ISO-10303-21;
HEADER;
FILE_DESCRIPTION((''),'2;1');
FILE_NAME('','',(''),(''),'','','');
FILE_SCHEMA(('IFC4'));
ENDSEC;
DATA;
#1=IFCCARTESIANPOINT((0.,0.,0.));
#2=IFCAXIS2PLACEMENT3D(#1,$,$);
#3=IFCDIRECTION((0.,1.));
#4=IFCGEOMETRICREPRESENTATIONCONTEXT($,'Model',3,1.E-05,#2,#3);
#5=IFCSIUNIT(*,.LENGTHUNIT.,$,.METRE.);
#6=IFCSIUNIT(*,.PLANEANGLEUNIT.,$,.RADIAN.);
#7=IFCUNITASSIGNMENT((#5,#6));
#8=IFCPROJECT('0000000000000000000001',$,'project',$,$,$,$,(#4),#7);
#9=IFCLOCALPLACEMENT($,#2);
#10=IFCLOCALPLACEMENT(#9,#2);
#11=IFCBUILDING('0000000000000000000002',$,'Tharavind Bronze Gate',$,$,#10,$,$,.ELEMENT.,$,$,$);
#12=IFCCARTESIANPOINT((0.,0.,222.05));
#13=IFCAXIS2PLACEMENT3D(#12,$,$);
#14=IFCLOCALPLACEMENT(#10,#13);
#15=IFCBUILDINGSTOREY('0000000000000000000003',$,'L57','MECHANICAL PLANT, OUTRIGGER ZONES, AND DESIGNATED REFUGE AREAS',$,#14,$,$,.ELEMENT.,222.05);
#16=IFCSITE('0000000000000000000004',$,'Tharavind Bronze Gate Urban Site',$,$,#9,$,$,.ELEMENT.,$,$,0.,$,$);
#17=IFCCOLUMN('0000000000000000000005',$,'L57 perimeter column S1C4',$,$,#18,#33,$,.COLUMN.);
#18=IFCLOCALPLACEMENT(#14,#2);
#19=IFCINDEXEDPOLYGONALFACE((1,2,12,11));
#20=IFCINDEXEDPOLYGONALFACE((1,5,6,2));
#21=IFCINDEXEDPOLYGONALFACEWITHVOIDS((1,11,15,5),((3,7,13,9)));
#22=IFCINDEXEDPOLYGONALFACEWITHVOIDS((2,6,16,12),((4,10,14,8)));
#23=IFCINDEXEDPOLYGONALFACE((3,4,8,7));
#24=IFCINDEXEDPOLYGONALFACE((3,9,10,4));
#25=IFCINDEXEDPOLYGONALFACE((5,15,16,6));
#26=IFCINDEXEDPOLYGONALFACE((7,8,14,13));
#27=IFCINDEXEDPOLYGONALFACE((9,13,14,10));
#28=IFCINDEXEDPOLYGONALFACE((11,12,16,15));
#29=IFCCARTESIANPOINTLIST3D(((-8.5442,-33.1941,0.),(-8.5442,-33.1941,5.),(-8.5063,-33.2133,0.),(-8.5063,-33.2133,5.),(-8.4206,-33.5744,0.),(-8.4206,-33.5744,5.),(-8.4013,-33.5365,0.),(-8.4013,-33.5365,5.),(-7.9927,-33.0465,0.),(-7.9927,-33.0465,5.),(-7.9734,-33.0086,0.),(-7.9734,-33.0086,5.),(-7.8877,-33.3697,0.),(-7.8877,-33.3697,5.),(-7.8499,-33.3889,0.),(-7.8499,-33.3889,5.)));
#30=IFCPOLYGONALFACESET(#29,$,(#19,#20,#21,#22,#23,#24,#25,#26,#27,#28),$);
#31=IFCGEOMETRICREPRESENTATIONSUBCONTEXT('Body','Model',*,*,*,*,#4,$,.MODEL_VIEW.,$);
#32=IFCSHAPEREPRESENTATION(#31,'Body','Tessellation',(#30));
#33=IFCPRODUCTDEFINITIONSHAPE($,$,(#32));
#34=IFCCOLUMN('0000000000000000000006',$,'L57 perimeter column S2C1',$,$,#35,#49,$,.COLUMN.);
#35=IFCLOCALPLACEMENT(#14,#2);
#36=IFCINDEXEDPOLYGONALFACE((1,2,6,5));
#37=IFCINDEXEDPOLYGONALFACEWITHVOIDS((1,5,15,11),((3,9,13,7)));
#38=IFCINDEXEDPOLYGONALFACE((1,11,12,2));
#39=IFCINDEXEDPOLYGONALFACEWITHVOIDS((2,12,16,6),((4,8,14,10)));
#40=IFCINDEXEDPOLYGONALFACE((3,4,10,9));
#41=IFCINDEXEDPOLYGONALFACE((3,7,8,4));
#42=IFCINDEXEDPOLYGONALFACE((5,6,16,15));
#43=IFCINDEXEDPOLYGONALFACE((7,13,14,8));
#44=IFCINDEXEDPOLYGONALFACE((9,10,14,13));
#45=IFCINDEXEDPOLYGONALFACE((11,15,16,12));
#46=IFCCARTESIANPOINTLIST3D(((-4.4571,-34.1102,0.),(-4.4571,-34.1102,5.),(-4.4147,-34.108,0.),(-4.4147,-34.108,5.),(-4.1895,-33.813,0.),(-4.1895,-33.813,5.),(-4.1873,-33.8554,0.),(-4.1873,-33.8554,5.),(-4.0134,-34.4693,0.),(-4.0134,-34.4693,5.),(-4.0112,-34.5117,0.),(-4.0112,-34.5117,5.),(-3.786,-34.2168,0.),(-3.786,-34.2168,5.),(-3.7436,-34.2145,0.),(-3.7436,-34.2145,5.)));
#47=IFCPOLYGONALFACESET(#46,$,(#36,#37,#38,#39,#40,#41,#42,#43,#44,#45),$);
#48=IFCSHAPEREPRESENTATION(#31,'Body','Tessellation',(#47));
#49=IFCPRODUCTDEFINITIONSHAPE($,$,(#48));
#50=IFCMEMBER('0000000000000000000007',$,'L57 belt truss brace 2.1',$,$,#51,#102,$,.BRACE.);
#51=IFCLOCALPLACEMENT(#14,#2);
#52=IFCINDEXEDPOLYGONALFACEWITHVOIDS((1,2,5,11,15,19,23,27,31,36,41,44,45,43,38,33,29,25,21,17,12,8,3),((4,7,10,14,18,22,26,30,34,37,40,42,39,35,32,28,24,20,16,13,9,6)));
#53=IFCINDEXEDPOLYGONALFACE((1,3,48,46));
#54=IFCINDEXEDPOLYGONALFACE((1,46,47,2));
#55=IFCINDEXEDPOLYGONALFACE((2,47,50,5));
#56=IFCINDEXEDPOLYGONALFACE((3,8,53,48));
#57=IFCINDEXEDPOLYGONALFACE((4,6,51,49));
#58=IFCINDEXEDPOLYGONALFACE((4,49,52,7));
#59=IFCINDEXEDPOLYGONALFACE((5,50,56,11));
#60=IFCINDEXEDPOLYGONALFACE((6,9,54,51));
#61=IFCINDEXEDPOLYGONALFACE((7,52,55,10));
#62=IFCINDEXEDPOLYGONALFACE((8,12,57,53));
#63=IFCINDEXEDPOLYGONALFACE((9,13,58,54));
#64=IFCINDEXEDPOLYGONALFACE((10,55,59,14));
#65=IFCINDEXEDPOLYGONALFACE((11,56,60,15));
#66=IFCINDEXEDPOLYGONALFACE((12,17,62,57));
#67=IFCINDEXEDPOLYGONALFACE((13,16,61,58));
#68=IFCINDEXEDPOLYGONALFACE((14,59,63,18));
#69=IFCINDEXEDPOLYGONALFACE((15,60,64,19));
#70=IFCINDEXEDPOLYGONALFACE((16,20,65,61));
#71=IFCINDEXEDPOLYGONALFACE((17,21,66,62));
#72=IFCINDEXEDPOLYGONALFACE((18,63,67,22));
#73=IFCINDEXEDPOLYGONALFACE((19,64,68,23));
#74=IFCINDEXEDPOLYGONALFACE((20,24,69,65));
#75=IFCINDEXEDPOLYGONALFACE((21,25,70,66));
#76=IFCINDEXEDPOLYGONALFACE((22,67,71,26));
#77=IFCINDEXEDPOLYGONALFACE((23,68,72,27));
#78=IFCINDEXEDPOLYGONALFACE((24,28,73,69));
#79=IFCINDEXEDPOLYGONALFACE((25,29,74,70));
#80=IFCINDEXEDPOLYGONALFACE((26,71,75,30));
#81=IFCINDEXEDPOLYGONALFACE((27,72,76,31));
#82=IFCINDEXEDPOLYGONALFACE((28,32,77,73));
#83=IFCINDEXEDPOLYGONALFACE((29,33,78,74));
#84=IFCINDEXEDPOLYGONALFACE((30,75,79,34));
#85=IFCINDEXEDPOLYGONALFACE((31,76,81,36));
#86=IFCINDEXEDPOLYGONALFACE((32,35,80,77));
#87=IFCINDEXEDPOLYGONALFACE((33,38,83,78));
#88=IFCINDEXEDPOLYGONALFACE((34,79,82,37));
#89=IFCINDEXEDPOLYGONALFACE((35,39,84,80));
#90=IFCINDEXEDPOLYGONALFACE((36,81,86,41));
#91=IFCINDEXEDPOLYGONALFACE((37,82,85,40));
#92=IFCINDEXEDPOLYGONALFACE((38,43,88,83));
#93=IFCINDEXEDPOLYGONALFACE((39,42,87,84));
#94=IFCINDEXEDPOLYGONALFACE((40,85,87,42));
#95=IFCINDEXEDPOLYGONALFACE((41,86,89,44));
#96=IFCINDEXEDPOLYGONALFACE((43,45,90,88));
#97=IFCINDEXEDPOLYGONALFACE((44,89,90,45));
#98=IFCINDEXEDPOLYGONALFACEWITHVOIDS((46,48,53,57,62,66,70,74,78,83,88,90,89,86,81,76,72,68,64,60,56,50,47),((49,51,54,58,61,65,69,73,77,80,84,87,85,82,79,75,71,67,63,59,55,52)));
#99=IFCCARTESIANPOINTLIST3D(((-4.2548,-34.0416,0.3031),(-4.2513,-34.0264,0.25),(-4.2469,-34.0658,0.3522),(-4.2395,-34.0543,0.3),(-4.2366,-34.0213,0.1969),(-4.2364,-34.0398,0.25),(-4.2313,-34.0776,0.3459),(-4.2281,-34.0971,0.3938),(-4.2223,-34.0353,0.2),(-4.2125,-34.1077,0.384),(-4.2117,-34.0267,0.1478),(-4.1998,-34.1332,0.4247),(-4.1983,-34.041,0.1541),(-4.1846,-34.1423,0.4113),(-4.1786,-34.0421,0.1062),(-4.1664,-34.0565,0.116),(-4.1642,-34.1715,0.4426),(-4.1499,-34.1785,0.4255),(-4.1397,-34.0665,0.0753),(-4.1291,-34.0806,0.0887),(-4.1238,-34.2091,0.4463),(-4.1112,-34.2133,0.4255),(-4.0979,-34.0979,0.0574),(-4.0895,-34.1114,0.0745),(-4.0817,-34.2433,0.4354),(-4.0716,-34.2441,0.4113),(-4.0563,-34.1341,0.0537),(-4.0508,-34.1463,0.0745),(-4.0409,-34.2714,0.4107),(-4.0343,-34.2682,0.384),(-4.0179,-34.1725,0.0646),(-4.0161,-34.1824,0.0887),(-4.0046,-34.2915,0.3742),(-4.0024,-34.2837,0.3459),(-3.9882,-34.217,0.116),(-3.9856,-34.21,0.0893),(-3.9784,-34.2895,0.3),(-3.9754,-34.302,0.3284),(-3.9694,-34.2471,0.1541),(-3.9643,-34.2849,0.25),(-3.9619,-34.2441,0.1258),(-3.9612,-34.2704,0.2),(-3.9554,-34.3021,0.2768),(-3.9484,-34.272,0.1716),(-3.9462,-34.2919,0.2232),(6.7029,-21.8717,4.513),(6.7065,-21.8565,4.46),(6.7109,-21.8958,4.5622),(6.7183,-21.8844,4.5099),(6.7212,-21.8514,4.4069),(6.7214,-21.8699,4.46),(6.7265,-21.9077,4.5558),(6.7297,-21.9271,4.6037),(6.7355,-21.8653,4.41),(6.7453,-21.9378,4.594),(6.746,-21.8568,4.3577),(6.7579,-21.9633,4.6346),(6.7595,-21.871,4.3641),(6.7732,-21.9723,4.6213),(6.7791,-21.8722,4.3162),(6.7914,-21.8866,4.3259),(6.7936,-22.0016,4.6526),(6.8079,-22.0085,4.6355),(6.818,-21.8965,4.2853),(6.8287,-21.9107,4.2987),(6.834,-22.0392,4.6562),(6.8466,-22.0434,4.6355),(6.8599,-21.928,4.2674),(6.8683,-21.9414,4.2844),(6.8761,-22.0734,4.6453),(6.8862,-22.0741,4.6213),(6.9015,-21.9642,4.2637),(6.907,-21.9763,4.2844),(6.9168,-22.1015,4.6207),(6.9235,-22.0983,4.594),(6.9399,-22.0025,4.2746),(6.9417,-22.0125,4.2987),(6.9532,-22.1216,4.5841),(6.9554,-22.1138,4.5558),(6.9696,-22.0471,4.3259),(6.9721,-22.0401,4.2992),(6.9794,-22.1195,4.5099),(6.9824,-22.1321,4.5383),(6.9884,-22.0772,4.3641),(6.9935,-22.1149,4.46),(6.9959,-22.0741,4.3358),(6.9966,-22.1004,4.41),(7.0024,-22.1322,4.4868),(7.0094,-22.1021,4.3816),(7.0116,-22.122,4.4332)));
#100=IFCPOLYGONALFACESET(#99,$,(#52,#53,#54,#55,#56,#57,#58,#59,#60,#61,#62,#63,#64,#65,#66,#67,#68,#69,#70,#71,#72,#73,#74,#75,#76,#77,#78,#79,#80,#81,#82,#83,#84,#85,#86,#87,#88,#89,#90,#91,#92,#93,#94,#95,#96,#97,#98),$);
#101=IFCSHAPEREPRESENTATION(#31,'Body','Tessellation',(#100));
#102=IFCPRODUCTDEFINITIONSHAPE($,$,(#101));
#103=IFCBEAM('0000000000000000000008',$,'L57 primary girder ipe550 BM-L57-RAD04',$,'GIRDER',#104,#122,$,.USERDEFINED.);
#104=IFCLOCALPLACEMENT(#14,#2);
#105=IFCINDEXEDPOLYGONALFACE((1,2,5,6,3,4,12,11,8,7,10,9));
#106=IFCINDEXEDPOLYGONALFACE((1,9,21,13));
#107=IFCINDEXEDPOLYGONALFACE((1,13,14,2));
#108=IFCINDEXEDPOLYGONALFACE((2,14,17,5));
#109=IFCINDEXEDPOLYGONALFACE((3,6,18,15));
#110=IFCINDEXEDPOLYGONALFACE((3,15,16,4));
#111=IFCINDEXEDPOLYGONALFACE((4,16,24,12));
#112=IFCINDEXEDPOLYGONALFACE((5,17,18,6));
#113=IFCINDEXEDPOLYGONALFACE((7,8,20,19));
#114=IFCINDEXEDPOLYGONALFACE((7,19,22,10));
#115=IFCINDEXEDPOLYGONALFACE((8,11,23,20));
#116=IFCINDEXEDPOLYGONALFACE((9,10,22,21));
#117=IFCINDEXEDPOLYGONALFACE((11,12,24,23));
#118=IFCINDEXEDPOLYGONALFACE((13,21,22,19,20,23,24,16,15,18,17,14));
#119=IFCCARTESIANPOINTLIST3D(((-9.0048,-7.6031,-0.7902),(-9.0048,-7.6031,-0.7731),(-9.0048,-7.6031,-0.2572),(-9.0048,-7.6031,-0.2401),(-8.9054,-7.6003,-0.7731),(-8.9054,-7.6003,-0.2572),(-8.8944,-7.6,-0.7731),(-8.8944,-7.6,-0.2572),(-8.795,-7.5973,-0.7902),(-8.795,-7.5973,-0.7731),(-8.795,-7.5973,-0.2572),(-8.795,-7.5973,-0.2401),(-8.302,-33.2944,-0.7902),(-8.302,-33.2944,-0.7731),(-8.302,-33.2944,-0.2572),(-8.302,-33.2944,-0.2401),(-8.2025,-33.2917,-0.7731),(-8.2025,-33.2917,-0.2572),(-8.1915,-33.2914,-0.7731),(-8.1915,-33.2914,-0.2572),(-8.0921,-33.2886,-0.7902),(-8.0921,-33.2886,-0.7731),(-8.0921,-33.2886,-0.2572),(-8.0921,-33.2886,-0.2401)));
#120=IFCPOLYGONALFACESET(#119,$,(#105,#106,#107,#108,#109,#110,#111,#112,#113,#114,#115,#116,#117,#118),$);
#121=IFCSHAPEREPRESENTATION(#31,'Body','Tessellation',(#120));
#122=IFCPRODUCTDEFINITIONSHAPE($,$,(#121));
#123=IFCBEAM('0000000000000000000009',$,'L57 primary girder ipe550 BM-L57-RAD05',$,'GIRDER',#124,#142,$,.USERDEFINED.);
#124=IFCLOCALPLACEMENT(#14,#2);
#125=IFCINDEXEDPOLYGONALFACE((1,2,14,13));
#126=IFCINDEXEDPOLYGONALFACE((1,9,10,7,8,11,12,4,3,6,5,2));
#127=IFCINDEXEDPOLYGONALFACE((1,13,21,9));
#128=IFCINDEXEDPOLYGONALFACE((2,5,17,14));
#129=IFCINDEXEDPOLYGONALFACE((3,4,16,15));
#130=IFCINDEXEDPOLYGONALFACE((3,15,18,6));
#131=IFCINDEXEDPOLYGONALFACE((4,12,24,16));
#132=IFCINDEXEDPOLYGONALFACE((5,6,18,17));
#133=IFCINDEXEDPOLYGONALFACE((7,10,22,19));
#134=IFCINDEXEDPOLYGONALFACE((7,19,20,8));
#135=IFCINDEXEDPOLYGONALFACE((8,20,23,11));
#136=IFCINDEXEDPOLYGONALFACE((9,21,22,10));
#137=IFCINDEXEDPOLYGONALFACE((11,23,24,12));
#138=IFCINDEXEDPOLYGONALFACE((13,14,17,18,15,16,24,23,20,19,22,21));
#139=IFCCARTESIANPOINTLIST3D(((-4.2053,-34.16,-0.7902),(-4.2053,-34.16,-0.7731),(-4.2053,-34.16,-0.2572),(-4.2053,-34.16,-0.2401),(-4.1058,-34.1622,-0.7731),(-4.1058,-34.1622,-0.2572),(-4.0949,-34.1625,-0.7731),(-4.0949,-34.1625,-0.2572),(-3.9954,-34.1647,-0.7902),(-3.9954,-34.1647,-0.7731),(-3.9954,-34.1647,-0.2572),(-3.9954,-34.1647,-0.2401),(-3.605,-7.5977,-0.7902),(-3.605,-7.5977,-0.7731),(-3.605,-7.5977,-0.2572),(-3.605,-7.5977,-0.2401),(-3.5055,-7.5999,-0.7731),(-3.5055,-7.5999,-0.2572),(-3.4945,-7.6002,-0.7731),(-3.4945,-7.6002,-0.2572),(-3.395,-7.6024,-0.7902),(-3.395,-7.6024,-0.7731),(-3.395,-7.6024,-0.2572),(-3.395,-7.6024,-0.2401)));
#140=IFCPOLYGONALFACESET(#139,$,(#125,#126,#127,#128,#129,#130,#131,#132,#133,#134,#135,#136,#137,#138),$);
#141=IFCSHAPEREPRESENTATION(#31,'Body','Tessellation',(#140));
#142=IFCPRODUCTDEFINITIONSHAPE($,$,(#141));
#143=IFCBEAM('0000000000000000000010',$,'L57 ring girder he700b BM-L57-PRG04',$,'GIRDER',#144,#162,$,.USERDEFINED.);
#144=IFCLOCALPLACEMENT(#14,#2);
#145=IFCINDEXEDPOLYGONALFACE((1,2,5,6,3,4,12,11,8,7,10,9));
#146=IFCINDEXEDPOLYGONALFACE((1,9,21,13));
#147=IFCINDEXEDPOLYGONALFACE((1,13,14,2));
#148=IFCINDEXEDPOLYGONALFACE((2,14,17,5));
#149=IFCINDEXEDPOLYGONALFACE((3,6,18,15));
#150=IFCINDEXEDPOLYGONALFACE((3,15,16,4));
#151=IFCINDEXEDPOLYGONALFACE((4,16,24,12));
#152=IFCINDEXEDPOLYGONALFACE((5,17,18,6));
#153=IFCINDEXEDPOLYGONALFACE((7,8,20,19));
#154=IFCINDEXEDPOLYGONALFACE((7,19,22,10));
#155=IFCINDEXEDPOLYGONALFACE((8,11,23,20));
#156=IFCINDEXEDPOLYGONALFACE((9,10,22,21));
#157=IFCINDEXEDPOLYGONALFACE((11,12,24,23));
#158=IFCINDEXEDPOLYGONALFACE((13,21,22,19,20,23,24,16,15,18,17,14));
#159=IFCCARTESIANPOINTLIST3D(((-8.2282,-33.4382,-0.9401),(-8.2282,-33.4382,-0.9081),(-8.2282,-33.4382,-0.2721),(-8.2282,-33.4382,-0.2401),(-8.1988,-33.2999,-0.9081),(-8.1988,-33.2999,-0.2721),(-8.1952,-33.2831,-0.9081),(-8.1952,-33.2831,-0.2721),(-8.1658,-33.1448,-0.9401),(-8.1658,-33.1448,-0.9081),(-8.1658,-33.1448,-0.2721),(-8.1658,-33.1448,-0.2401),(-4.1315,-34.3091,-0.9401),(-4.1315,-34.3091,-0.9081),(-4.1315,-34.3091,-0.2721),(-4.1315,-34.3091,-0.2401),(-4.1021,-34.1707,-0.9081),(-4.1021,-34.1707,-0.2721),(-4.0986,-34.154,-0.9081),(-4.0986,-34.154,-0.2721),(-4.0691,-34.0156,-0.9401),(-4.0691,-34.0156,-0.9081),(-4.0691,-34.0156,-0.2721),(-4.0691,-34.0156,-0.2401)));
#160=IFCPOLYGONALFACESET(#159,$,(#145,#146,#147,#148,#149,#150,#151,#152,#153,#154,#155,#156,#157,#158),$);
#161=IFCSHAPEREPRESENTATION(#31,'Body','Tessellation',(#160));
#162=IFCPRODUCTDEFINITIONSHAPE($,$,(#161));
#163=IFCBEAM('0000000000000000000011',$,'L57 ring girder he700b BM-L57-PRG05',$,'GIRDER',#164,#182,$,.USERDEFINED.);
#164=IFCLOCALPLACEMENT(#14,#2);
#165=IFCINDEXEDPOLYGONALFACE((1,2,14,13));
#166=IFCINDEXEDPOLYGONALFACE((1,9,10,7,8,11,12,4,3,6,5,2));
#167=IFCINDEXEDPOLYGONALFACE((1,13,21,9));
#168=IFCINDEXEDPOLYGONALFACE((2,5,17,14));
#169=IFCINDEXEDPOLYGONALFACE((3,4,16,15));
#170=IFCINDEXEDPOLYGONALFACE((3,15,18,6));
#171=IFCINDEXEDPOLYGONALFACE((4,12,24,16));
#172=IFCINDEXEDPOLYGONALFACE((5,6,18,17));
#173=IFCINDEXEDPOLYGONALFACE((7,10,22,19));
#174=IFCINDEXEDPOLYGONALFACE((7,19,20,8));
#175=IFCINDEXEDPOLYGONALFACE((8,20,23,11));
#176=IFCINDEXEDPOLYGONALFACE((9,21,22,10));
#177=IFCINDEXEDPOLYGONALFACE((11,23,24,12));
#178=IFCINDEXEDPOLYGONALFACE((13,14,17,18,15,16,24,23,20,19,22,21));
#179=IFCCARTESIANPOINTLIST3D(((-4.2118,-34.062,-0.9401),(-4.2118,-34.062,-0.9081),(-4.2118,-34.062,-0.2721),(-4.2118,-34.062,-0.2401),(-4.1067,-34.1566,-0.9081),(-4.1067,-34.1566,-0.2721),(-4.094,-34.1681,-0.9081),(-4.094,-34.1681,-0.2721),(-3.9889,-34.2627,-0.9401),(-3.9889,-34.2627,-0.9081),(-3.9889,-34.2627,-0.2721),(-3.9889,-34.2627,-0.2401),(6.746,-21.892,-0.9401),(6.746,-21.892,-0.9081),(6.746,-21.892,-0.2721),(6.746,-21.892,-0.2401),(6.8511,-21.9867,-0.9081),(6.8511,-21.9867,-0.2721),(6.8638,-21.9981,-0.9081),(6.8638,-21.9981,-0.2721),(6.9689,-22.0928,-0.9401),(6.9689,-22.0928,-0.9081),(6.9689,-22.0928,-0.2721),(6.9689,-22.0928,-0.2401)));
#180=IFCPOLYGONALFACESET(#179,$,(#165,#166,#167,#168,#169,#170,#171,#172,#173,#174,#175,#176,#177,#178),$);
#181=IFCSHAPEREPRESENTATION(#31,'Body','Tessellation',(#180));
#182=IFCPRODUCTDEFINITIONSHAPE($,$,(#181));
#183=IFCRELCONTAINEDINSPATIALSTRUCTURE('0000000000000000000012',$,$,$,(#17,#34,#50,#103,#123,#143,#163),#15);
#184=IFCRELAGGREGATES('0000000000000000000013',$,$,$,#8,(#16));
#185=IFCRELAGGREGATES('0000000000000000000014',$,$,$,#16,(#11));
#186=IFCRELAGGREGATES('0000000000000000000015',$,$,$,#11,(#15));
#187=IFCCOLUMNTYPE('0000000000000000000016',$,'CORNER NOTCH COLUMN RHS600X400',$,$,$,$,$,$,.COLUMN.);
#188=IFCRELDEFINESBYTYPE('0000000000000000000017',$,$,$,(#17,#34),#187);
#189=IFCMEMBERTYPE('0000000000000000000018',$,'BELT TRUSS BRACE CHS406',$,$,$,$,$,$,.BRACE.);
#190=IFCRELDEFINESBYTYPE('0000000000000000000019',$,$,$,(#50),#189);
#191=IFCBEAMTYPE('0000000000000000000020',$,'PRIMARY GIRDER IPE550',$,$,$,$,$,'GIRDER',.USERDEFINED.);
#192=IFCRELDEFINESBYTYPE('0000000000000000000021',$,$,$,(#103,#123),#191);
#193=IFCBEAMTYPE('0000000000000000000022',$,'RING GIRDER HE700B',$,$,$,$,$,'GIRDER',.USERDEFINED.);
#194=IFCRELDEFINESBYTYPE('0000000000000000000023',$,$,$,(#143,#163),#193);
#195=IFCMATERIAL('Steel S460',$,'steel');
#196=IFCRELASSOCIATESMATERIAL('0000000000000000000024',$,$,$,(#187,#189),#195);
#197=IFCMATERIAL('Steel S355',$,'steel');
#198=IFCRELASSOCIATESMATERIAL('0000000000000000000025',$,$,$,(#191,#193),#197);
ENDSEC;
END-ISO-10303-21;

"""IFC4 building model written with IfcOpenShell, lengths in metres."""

from ifc_helpers import new_model, si_unit, direction, frame, origin, origin_2d, place, context, subcontext, project, spatial, hollow_rectangle, hollow_circle, i_section, extrude, material, material_profile, profile_set, type_object, element, save


model = new_model("IFC4")

# Units and contexts
model_context = context("Model", 3, precision=1e-05, world=origin(), true_north=direction((0.0, 1.0)))
body_context = subcontext(model_context, "Body", "Model", "MODEL_VIEW")
ifc_project = project(units=[si_unit("LENGTHUNIT", "METRE"), si_unit("PLANEANGLEUNIT", "RADIAN")], contexts=[model_context])

# Site, building, storey
site_placement = place(None, origin())
site = spatial("IfcSite", under=ifc_project, at=site_placement, Name="Tharavind Bronze Gate Urban Site", CompositionType="ELEMENT", RefElevation=0.0)
building_placement = place(site_placement, origin())
building = spatial("IfcBuilding", under=site, at=building_placement, Name="Tharavind Bronze Gate", CompositionType="ELEMENT")
storey_placement = place(building_placement, frame((0.0, 0.0, 222.05)))
storey = spatial("IfcBuildingStorey", under=building, at=storey_placement, Name="L57", Description="MECHANICAL PLANT, OUTRIGGER ZONES, AND DESIGNATED REFUGE AREAS", CompositionType="ELEMENT", Elevation=222.05)

# Columns
ifc_material_1 = material(Name="Steel S460", Category="steel")
ifc_material_profile_1 = material_profile(ifc_material_1, hollow_rectangle(XDim=0.3999, YDim=0.6001, WallThickness=0.03, at=origin_2d()), Name="RHS600X400X30")
ifc_profile_set_1 = profile_set([ifc_material_profile_1], Name="Steel S460")
column_type = type_object("IfcColumnType", Name="CORNER NOTCH COLUMN RHS600X400", PredefinedType="COLUMN", material=ifc_profile_set_1)
for number, where, z_axis, x_axis, name in (
    (1, (-8.197, -33.2915, 0.0), (0.0, 0.0, 1.0), (-0.309017, 0.951057, 0.0), "L57 perimeter column S1C4"),
    (2, (-4.1003, -34.1624, 0.0), (0.0, 0.0, 1.0), (0.669131, 0.743145, 0.0), "L57 perimeter column S2C1"),
):
    element("IfcColumn", number, at=place(storey_placement, frame(where, z_axis=z_axis, x_axis=x_axis)), inside=storey, type_object=column_type, Name=name, PredefinedType="COLUMN", context=body_context, shape_type="SweptSolid", body=[
        extrude(hollow_rectangle(XDim=0.3999, YDim=0.6001, WallThickness=0.03, at=origin_2d()), origin(), (0.0, 0.0, 1.0), 5.0),
    ])

# Member
ifc_material_profile_2 = material_profile(ifc_material_1, hollow_circle(Radius=0.2031, WallThickness=0.02, at=origin_2d()), Name="CHS406X20")
ifc_profile_set_2 = profile_set([ifc_material_profile_2], Name="Steel S460")
member_type = type_object("IfcMemberType", Name="BELT TRUSS BRACE CHS406", PredefinedType="BRACE", material=ifc_profile_set_2)
member_placement = place(storey_placement, frame((-4.1003, -34.1624, 0.25), z_axis=(0.648056, 0.719744, 0.248982), x_axis=(-0.743147, 0.669128, 0.0)))
element("IfcMember", 3, at=member_placement, inside=storey, type_object=member_type, Name="L57 belt truss brace 2.1", PredefinedType="BRACE", context=body_context, shape_type="SweptSolid", body=[
    extrude(hollow_circle(Radius=0.2031, WallThickness=0.02, at=origin_2d()), origin(), (0.0, 0.0, 1.0), 16.9087),
])

# Beams
ifc_material_2 = material(Name="Steel S355", Category="steel")
ifc_material_profile_3 = material_profile(ifc_material_2, i_section(OverallWidth=0.21, OverallDepth=0.55, WebThickness=0.011, FlangeThickness=0.0171, at=origin_2d()), Name="IPE550")
ifc_profile_set_3 = profile_set([ifc_material_profile_3], Name="Steel S355")
beam_type_1 = type_object("IfcBeamType", Name="PRIMARY GIRDER IPE550", ElementType="GIRDER", PredefinedType="USERDEFINED", material=ifc_profile_set_3)
beam_1_placement = place(storey_placement, frame((-8.197, -33.2915, -0.5151), z_axis=(-0.027348, 0.999626, 0.0), x_axis=(-0.999626, -0.027348, 0.0)))
element("IfcBeam", 4, at=beam_1_placement, inside=storey, type_object=beam_type_1, Name="L57 primary girder ipe550 BM-L57-RAD04", ObjectType="GIRDER", PredefinedType="USERDEFINED", context=body_context, shape_type="SweptSolid", body=[
    extrude(i_section(OverallWidth=0.21, OverallDepth=0.55, WebThickness=0.011, FlangeThickness=0.0171, at=origin_2d()), origin(), (0.0, 0.0, 1.0), 25.7009),
])
beam_2_placement = place(storey_placement, frame((-4.1003, -34.1624, -0.5151), z_axis=(0.022596, 0.999745, 0.0), x_axis=(-0.999745, 0.022596, 0.0)))
element("IfcBeam", 5, at=beam_2_placement, inside=storey, type_object=beam_type_1, Name="L57 primary girder ipe550 BM-L57-RAD05", ObjectType="GIRDER", PredefinedType="USERDEFINED", context=body_context, shape_type="SweptSolid", body=[
    extrude(i_section(OverallWidth=0.21, OverallDepth=0.55, WebThickness=0.011, FlangeThickness=0.0171, at=origin_2d()), origin(), (0.0, 0.0, 1.0), 26.5691),
])
ifc_material_profile_4 = material_profile(ifc_material_2, i_section(OverallWidth=0.3, OverallDepth=0.7, WebThickness=0.0171, FlangeThickness=0.032, at=origin_2d()), Name="HE700B")
ifc_profile_set_4 = profile_set([ifc_material_profile_4], Name="Steel S355")
beam_type_2 = type_object("IfcBeamType", Name="RING GIRDER HE700B", ElementType="GIRDER", PredefinedType="USERDEFINED", material=ifc_profile_set_4)
beam_3_placement = place(storey_placement, frame((-8.197, -33.2915, -0.5901), z_axis=(0.978144, -0.207928, 0.0), x_axis=(0.207928, 0.978144, 0.0)))
element("IfcBeam", 6, at=beam_3_placement, inside=storey, type_object=beam_type_2, Name="L57 ring girder he700b BM-L57-PRG04", ObjectType="GIRDER", PredefinedType="USERDEFINED", context=body_context, shape_type="SweptSolid", body=[
    extrude(i_section(OverallWidth=0.3, OverallDepth=0.7, WebThickness=0.0171, FlangeThickness=0.032, at=origin_2d()), origin(), (0.0, 0.0, 1.0), 4.1882),
])
beam_4_placement = place(storey_placement, frame((-4.1003, -34.1624, -0.5901), z_axis=(0.669128, 0.743147, 0.0), x_axis=(-0.743147, 0.669128, 0.0)))
element("IfcBeam", 7, at=beam_4_placement, inside=storey, type_object=beam_type_2, Name="L57 ring girder he700b BM-L57-PRG05", ObjectType="GIRDER", PredefinedType="USERDEFINED", context=body_context, shape_type="SweptSolid", body=[
    extrude(i_section(OverallWidth=0.3, OverallDepth=0.7, WebThickness=0.0171, FlangeThickness=0.032, at=origin_2d()), origin(), (0.0, 0.0, 1.0), 16.3762),
])

save(model, "model.ifc")
